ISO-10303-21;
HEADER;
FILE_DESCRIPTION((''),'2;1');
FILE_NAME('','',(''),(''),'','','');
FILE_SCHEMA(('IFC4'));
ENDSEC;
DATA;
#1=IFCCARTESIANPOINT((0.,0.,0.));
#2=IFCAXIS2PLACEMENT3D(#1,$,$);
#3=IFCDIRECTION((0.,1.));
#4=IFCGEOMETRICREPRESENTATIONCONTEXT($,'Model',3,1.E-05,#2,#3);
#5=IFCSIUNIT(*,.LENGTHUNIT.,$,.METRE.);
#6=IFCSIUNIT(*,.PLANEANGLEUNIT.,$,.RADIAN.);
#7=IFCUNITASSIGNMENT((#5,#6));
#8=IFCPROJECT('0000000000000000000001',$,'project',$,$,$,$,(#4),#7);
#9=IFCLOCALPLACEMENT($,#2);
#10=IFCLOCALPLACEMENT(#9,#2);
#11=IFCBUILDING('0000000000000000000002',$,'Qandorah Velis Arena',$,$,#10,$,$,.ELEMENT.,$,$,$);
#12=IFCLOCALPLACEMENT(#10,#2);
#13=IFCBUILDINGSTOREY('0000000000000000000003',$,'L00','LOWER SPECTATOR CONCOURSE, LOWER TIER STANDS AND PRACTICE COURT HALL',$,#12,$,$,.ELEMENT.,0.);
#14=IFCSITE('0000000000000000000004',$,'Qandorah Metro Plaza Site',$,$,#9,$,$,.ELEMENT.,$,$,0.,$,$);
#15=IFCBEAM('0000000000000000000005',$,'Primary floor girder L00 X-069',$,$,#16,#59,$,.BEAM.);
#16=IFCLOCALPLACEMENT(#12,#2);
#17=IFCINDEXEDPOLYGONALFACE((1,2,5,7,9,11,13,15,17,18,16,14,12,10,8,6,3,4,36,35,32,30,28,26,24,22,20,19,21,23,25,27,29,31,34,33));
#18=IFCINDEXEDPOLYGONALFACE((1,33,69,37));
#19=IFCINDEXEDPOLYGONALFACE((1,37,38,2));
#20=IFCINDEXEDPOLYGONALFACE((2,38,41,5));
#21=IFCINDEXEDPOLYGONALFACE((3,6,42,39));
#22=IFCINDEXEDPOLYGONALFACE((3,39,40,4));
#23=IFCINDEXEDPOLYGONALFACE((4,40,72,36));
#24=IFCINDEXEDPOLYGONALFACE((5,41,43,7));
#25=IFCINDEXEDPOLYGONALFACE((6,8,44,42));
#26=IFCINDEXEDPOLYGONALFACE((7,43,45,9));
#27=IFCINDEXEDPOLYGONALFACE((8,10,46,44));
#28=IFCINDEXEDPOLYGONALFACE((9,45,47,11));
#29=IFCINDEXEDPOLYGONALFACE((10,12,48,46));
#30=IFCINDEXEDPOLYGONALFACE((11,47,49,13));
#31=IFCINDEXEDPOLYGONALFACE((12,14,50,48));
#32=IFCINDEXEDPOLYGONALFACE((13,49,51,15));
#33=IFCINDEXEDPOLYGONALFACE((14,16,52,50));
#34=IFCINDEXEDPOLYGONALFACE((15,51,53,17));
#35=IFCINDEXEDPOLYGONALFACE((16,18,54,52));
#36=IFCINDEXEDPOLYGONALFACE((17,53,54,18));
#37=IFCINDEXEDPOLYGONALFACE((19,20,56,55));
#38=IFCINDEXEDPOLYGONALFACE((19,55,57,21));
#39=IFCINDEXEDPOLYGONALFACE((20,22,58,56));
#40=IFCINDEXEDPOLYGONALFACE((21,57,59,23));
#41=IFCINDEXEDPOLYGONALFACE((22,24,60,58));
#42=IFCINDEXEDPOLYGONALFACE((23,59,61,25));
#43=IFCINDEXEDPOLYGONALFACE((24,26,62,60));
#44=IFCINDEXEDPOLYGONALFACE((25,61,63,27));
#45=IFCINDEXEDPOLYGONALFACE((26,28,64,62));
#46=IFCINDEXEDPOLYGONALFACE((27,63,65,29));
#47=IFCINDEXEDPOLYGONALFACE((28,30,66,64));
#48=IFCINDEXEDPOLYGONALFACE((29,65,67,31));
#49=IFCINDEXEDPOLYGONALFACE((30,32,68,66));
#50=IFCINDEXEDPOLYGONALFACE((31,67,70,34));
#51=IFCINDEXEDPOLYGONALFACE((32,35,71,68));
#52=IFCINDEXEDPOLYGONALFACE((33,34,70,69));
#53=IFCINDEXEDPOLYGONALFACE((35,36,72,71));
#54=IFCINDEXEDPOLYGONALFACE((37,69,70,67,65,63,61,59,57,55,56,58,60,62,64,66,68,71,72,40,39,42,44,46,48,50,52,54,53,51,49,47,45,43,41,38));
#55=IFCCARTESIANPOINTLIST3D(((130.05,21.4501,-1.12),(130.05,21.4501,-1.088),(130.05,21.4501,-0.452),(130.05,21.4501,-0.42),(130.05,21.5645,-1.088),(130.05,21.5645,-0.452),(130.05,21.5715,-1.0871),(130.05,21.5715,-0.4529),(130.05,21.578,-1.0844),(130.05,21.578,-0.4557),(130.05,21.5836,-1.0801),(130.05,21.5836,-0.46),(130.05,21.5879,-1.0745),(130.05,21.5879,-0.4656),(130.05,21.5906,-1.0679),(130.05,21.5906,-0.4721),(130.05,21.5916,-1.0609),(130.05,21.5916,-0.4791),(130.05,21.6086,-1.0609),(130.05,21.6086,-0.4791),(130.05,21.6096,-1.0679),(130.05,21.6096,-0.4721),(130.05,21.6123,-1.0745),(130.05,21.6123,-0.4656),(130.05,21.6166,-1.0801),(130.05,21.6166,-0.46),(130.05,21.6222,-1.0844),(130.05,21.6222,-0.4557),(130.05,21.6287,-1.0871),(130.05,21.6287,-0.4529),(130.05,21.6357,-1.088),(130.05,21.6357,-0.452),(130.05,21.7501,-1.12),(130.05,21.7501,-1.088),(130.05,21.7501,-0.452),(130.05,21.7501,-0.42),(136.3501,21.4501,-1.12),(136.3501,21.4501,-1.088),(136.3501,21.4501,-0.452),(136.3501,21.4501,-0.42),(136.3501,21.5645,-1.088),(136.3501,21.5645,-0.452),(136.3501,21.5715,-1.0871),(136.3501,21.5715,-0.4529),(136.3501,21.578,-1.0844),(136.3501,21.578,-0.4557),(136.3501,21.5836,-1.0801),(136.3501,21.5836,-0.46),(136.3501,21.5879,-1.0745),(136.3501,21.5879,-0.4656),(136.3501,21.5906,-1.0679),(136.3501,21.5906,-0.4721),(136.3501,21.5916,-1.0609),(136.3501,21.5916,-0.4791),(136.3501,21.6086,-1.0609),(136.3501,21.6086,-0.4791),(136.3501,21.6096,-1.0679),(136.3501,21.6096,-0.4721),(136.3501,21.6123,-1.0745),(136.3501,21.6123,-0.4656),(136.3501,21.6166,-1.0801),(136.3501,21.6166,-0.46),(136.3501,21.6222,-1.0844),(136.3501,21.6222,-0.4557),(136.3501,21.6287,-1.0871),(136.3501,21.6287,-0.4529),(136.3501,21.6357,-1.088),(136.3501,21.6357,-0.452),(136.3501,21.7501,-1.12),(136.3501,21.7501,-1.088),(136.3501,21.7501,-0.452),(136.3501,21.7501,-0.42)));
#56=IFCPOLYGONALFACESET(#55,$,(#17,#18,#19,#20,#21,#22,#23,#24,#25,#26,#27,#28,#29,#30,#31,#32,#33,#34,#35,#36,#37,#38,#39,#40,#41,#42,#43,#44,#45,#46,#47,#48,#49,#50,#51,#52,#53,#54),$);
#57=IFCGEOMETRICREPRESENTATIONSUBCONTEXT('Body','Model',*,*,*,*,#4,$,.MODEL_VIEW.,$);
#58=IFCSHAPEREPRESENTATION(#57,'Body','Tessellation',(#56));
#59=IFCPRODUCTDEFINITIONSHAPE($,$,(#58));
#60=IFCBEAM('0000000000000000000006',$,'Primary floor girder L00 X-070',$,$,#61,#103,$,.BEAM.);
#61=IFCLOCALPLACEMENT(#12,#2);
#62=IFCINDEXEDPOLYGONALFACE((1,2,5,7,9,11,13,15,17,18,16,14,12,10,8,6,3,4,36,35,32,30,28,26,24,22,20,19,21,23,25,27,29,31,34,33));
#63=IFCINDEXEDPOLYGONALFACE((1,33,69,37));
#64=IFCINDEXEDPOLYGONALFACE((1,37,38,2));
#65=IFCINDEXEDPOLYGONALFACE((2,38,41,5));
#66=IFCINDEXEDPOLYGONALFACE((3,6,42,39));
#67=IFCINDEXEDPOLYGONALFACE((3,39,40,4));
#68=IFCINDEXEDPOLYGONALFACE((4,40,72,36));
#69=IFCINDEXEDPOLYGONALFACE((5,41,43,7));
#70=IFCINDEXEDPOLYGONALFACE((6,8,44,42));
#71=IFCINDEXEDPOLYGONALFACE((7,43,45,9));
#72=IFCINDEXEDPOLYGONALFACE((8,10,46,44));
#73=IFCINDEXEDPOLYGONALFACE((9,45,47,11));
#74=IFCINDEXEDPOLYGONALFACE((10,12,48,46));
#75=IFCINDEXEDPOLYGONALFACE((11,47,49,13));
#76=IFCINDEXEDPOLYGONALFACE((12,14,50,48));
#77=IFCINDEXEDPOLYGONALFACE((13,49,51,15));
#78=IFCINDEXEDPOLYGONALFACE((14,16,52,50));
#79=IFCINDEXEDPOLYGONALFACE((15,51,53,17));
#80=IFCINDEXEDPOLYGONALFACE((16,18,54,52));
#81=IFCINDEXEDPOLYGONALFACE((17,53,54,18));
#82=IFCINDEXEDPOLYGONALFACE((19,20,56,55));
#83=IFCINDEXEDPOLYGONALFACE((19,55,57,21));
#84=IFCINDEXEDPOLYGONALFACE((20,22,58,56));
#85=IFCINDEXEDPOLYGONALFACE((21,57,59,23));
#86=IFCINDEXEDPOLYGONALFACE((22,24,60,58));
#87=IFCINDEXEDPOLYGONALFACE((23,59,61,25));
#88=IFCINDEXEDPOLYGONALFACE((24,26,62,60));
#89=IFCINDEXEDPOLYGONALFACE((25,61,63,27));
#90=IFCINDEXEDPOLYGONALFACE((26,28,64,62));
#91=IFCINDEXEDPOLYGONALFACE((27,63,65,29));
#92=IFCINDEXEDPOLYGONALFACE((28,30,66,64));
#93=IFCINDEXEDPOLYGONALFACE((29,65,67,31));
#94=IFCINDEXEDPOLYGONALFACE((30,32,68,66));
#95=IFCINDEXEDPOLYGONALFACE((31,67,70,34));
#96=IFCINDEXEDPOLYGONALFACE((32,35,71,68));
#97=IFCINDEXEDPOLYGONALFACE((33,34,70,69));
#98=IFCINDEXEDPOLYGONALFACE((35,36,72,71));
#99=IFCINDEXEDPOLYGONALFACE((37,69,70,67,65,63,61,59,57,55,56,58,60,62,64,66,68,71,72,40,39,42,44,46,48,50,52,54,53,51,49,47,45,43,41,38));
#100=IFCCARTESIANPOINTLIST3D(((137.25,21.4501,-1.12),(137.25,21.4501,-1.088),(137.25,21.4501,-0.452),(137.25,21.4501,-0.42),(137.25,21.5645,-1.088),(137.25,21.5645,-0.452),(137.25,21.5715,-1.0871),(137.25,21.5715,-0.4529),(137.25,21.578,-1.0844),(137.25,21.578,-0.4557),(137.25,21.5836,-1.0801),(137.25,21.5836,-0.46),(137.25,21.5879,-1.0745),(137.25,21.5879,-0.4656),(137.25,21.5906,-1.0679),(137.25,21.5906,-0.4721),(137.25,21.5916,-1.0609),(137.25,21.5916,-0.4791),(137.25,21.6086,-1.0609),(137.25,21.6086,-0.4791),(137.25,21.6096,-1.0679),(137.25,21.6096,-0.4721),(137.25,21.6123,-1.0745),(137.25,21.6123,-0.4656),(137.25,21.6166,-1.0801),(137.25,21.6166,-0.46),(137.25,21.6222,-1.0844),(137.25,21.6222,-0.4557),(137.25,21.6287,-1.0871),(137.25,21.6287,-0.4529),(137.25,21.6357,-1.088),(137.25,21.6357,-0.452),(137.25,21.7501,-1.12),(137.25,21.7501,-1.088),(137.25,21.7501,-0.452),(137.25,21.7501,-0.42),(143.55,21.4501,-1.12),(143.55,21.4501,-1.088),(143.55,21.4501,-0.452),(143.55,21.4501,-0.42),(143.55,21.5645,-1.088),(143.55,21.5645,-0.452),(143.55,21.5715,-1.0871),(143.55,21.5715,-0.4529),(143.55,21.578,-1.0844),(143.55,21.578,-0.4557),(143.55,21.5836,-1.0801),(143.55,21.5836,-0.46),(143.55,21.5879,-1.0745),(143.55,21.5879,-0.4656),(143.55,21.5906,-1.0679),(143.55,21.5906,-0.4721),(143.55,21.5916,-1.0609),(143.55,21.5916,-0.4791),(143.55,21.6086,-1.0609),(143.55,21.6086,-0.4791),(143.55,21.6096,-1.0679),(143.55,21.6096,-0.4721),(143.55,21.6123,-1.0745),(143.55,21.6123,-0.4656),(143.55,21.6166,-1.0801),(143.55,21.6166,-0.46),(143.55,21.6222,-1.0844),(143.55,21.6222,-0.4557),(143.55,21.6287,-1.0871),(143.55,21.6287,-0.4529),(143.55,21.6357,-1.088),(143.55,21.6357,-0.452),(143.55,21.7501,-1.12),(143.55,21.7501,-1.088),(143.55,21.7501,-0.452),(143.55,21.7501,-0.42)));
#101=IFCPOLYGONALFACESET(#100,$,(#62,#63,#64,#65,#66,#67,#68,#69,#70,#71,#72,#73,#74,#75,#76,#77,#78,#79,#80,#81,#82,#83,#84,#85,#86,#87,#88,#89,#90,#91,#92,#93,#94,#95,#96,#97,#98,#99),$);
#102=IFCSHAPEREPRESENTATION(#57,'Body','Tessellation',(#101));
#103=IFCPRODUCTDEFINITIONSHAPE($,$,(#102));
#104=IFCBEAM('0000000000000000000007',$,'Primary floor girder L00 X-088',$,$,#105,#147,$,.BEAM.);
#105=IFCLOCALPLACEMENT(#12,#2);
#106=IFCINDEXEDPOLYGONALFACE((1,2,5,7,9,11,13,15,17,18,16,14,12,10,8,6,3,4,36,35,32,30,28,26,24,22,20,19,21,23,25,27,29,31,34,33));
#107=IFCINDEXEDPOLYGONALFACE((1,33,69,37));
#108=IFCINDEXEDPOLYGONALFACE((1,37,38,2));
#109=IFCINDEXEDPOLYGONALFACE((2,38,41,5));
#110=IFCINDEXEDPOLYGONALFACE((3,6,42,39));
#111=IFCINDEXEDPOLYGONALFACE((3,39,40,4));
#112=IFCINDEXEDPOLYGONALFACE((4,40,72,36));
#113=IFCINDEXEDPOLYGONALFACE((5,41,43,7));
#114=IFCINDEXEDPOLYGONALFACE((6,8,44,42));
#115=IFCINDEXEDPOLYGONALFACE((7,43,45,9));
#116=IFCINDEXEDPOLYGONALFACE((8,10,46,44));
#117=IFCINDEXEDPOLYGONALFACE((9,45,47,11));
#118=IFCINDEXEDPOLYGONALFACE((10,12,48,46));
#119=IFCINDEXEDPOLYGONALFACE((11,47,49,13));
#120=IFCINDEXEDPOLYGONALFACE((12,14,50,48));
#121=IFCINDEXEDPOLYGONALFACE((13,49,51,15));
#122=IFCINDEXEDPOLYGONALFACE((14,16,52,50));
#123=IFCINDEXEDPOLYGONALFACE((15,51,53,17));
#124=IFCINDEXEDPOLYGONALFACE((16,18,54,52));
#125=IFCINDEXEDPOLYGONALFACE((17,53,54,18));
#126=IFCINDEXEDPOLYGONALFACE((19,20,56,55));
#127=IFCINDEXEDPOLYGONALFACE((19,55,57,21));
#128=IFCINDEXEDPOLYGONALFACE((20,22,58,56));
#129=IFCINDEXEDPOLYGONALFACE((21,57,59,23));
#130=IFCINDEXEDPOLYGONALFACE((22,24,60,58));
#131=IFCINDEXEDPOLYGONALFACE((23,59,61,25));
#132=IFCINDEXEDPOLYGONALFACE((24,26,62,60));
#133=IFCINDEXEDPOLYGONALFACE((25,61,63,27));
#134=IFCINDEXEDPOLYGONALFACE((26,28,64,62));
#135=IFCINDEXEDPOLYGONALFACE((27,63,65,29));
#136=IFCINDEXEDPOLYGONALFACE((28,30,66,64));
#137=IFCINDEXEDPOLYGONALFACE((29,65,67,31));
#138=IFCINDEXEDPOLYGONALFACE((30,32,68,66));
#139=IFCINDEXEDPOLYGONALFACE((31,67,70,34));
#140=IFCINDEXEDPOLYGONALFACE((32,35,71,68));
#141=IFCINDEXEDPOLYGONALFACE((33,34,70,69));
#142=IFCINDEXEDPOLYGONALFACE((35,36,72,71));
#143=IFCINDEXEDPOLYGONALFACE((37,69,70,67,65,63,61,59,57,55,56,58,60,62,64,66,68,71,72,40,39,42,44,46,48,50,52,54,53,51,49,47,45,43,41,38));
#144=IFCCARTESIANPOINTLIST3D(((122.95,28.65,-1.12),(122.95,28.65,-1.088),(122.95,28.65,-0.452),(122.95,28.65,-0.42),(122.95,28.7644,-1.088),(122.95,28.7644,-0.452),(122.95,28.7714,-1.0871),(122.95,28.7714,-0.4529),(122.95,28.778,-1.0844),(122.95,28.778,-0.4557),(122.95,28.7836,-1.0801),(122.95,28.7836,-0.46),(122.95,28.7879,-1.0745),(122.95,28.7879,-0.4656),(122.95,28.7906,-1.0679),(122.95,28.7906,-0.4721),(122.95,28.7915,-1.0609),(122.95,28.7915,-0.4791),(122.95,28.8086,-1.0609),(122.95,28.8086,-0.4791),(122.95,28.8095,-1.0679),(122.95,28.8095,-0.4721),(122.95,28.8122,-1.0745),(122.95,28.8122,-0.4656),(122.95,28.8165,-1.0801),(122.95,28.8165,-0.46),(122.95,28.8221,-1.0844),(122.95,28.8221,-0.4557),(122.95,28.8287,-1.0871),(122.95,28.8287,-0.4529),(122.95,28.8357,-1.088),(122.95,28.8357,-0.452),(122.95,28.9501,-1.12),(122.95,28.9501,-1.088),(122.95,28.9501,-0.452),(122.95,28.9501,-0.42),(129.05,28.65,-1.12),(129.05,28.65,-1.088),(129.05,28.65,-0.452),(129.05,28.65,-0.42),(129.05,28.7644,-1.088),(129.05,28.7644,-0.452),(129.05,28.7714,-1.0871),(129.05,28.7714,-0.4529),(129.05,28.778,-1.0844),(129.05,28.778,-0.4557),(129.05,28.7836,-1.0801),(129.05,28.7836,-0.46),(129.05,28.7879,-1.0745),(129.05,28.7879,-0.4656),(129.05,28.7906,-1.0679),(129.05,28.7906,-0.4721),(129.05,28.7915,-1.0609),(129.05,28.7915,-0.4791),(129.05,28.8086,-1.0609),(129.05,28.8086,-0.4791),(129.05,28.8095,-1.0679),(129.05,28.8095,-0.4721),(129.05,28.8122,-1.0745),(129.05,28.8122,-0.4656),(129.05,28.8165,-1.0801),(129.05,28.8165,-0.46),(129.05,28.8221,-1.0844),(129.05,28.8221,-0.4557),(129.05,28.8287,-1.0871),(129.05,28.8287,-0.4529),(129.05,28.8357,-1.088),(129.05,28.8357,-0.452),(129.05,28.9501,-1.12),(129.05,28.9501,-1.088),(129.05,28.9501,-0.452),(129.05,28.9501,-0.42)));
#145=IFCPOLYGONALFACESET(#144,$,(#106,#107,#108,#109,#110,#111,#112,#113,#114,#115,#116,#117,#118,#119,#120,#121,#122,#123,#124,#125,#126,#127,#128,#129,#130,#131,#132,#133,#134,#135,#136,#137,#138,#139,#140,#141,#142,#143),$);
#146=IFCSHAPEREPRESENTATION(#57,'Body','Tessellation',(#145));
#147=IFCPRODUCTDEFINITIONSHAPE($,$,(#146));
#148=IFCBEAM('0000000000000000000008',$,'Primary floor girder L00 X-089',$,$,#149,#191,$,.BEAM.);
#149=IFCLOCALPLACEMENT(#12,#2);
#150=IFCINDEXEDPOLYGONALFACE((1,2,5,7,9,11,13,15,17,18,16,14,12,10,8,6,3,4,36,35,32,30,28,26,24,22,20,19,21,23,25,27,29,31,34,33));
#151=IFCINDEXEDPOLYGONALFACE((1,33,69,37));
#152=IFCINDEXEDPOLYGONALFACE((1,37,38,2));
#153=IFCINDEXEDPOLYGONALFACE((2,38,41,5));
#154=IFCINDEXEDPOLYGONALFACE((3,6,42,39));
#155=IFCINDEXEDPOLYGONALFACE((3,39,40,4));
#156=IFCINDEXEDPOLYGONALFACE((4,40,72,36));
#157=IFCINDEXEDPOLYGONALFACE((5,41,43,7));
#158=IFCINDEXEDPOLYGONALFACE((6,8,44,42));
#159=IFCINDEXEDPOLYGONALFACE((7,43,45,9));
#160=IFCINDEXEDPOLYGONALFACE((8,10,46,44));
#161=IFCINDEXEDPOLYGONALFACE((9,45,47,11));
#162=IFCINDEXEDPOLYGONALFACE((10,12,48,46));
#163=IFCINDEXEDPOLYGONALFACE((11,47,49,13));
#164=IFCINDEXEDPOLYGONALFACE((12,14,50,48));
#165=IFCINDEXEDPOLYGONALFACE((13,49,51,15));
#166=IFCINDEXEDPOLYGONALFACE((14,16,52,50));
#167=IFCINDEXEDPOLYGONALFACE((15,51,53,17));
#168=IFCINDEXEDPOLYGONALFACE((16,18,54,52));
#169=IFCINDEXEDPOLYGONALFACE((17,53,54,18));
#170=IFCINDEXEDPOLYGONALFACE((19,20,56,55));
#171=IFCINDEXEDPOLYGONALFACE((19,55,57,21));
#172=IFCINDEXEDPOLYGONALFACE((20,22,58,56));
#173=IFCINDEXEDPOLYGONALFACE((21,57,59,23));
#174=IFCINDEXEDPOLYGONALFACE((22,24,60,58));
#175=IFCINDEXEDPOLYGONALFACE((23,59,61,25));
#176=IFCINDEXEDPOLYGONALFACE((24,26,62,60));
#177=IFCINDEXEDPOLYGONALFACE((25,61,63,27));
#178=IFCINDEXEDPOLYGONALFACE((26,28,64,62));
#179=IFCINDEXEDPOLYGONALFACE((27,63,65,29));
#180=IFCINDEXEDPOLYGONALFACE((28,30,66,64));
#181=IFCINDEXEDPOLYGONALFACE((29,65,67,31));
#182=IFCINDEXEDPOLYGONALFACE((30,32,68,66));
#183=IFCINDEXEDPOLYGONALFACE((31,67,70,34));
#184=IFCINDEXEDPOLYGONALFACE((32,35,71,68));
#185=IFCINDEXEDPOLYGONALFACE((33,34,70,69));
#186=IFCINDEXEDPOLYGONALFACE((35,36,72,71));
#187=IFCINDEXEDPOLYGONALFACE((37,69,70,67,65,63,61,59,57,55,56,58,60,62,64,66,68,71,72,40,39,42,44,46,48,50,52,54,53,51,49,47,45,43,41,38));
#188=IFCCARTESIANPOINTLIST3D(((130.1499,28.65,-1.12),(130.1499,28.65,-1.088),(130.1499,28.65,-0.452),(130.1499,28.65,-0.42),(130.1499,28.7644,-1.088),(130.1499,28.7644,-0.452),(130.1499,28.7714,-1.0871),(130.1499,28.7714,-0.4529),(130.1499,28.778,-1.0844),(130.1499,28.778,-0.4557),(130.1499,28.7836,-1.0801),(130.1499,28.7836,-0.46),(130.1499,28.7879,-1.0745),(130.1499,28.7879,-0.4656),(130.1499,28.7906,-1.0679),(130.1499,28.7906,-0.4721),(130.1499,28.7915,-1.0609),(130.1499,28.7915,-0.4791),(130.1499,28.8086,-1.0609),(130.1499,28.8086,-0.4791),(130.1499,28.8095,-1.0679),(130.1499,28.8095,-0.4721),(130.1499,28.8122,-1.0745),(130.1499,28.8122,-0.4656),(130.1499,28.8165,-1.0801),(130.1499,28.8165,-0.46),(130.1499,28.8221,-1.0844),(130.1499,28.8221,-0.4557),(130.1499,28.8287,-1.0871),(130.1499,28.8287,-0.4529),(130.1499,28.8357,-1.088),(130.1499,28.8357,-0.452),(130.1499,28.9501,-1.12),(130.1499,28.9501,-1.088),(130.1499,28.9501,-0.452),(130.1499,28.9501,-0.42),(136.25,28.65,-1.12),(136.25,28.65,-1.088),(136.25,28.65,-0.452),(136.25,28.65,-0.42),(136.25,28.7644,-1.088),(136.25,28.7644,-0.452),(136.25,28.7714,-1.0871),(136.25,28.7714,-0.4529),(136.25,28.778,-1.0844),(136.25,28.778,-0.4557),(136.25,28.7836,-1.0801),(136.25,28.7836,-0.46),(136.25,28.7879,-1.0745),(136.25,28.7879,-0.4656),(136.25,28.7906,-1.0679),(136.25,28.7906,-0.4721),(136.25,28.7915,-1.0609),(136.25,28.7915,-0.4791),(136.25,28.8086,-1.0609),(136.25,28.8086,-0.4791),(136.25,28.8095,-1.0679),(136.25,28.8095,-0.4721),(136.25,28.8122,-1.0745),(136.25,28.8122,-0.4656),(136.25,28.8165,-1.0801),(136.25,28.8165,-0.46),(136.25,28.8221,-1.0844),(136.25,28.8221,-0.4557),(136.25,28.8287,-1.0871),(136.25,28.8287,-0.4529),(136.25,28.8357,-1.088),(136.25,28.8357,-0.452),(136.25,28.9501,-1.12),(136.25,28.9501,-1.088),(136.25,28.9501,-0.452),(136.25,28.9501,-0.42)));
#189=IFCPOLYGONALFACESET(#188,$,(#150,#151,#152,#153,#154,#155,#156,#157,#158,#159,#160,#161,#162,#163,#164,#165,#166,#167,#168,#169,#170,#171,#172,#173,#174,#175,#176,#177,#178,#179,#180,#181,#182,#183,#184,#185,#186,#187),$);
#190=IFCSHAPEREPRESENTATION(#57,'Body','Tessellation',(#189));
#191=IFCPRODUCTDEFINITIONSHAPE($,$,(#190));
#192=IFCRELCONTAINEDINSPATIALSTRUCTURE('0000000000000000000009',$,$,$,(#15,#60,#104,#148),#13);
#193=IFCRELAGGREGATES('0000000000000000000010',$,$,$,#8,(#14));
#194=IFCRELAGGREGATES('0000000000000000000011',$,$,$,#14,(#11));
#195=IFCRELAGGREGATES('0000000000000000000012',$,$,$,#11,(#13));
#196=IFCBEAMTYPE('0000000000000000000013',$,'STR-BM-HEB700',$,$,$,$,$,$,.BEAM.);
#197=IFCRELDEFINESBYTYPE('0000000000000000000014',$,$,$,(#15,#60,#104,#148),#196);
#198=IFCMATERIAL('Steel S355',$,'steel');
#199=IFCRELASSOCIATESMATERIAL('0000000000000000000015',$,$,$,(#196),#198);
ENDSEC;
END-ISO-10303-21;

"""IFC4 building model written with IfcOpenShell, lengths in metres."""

from ifc_helpers import new_model, si_unit, direction, frame, origin, origin_2d, place, context, subcontext, project, spatial, i_section, extrude, material, material_profile, profile_set, type_object, element, save


model = new_model("IFC4")

# Units and contexts
model_context = context("Model", 3, precision=1e-05, world=origin(), true_north=direction((0.0, 1.0)))
body_context = subcontext(model_context, "Body", "Model", "MODEL_VIEW")
ifc_project = project(units=[si_unit("LENGTHUNIT", "METRE"), si_unit("PLANEANGLEUNIT", "RADIAN")], contexts=[model_context])

# Site, building, storey
site_placement = place(None, origin())
site = spatial("IfcSite", under=ifc_project, at=site_placement, Name="Qandorah Metro Plaza Site", CompositionType="ELEMENT", RefElevation=0.0)
building_placement = place(site_placement, origin())
building = spatial("IfcBuilding", under=site, at=building_placement, Name="Qandorah Velis Arena", CompositionType="ELEMENT")
storey_placement = place(building_placement, origin())
storey = spatial("IfcBuildingStorey", under=building, at=storey_placement, Name="L00", Description="LOWER SPECTATOR CONCOURSE, LOWER TIER STANDS AND PRACTICE COURT HALL", CompositionType="ELEMENT", Elevation=0.0)

# Shared definitions
ifc_material_1 = material(Name="Steel S355", Category="steel")

# Beams
ifc_material_profile_1 = material_profile(ifc_material_1, i_section(OverallWidth=0.3, OverallDepth=0.7, WebThickness=0.0171, FlangeThickness=0.032, FilletRadius=0.0271, at=origin_2d()), Name="HEB 700")
ifc_profile_set_1 = profile_set([ifc_material_profile_1], Name="Steel S355")
beam_type_1 = type_object("IfcBeamType", Name="STR-BM-HEB700", PredefinedType="BEAM", material=ifc_profile_set_1)
for number, where, z_axis, x_axis, name in (
    (1, (130.05, 21.6001, -0.77), (1.0, 0.0, 0.0), (0.0, 1.0, 0.0), "Primary floor girder L00 X-069"),
    (2, (137.25, 21.6001, -0.77), (1.0, 0.0, 0.0), (0.0, 1.0, 0.0), "Primary floor girder L00 X-070"),
):
    element("IfcBeam", number, at=place(storey_placement, frame(where, z_axis=z_axis, x_axis=x_axis)), inside=storey, type_object=beam_type_1, Name=name, PredefinedType="BEAM", context=body_context, shape_type="SweptSolid", body=[
        extrude(i_section(OverallWidth=0.3, OverallDepth=0.7, WebThickness=0.0171, FlangeThickness=0.032, FilletRadius=0.0271, at=origin_2d()), origin(), (0.0, 0.0, 1.0), 6.3),
    ])
for number, where, z_axis, x_axis, name in (
    (3, (122.95, 28.8, -0.77), (1.0, 0.0, 0.0), (0.0, 1.0, 0.0), "Primary floor girder L00 X-088"),
    (4, (130.1499, 28.8, -0.77), (1.0, 0.0, 0.0), (0.0, 1.0, 0.0), "Primary floor girder L00 X-089"),
):
    element("IfcBeam", number, at=place(storey_placement, frame(where, z_axis=z_axis, x_axis=x_axis)), inside=storey, type_object=beam_type_1, Name=name, PredefinedType="BEAM", context=body_context, shape_type="SweptSolid", body=[
        extrude(i_section(OverallWidth=0.3, OverallDepth=0.7, WebThickness=0.0171, FlangeThickness=0.032, FilletRadius=0.0271, at=origin_2d()), origin(), (0.0, 0.0, 1.0), 6.1001),
    ])

save(model, "model.ifc")
